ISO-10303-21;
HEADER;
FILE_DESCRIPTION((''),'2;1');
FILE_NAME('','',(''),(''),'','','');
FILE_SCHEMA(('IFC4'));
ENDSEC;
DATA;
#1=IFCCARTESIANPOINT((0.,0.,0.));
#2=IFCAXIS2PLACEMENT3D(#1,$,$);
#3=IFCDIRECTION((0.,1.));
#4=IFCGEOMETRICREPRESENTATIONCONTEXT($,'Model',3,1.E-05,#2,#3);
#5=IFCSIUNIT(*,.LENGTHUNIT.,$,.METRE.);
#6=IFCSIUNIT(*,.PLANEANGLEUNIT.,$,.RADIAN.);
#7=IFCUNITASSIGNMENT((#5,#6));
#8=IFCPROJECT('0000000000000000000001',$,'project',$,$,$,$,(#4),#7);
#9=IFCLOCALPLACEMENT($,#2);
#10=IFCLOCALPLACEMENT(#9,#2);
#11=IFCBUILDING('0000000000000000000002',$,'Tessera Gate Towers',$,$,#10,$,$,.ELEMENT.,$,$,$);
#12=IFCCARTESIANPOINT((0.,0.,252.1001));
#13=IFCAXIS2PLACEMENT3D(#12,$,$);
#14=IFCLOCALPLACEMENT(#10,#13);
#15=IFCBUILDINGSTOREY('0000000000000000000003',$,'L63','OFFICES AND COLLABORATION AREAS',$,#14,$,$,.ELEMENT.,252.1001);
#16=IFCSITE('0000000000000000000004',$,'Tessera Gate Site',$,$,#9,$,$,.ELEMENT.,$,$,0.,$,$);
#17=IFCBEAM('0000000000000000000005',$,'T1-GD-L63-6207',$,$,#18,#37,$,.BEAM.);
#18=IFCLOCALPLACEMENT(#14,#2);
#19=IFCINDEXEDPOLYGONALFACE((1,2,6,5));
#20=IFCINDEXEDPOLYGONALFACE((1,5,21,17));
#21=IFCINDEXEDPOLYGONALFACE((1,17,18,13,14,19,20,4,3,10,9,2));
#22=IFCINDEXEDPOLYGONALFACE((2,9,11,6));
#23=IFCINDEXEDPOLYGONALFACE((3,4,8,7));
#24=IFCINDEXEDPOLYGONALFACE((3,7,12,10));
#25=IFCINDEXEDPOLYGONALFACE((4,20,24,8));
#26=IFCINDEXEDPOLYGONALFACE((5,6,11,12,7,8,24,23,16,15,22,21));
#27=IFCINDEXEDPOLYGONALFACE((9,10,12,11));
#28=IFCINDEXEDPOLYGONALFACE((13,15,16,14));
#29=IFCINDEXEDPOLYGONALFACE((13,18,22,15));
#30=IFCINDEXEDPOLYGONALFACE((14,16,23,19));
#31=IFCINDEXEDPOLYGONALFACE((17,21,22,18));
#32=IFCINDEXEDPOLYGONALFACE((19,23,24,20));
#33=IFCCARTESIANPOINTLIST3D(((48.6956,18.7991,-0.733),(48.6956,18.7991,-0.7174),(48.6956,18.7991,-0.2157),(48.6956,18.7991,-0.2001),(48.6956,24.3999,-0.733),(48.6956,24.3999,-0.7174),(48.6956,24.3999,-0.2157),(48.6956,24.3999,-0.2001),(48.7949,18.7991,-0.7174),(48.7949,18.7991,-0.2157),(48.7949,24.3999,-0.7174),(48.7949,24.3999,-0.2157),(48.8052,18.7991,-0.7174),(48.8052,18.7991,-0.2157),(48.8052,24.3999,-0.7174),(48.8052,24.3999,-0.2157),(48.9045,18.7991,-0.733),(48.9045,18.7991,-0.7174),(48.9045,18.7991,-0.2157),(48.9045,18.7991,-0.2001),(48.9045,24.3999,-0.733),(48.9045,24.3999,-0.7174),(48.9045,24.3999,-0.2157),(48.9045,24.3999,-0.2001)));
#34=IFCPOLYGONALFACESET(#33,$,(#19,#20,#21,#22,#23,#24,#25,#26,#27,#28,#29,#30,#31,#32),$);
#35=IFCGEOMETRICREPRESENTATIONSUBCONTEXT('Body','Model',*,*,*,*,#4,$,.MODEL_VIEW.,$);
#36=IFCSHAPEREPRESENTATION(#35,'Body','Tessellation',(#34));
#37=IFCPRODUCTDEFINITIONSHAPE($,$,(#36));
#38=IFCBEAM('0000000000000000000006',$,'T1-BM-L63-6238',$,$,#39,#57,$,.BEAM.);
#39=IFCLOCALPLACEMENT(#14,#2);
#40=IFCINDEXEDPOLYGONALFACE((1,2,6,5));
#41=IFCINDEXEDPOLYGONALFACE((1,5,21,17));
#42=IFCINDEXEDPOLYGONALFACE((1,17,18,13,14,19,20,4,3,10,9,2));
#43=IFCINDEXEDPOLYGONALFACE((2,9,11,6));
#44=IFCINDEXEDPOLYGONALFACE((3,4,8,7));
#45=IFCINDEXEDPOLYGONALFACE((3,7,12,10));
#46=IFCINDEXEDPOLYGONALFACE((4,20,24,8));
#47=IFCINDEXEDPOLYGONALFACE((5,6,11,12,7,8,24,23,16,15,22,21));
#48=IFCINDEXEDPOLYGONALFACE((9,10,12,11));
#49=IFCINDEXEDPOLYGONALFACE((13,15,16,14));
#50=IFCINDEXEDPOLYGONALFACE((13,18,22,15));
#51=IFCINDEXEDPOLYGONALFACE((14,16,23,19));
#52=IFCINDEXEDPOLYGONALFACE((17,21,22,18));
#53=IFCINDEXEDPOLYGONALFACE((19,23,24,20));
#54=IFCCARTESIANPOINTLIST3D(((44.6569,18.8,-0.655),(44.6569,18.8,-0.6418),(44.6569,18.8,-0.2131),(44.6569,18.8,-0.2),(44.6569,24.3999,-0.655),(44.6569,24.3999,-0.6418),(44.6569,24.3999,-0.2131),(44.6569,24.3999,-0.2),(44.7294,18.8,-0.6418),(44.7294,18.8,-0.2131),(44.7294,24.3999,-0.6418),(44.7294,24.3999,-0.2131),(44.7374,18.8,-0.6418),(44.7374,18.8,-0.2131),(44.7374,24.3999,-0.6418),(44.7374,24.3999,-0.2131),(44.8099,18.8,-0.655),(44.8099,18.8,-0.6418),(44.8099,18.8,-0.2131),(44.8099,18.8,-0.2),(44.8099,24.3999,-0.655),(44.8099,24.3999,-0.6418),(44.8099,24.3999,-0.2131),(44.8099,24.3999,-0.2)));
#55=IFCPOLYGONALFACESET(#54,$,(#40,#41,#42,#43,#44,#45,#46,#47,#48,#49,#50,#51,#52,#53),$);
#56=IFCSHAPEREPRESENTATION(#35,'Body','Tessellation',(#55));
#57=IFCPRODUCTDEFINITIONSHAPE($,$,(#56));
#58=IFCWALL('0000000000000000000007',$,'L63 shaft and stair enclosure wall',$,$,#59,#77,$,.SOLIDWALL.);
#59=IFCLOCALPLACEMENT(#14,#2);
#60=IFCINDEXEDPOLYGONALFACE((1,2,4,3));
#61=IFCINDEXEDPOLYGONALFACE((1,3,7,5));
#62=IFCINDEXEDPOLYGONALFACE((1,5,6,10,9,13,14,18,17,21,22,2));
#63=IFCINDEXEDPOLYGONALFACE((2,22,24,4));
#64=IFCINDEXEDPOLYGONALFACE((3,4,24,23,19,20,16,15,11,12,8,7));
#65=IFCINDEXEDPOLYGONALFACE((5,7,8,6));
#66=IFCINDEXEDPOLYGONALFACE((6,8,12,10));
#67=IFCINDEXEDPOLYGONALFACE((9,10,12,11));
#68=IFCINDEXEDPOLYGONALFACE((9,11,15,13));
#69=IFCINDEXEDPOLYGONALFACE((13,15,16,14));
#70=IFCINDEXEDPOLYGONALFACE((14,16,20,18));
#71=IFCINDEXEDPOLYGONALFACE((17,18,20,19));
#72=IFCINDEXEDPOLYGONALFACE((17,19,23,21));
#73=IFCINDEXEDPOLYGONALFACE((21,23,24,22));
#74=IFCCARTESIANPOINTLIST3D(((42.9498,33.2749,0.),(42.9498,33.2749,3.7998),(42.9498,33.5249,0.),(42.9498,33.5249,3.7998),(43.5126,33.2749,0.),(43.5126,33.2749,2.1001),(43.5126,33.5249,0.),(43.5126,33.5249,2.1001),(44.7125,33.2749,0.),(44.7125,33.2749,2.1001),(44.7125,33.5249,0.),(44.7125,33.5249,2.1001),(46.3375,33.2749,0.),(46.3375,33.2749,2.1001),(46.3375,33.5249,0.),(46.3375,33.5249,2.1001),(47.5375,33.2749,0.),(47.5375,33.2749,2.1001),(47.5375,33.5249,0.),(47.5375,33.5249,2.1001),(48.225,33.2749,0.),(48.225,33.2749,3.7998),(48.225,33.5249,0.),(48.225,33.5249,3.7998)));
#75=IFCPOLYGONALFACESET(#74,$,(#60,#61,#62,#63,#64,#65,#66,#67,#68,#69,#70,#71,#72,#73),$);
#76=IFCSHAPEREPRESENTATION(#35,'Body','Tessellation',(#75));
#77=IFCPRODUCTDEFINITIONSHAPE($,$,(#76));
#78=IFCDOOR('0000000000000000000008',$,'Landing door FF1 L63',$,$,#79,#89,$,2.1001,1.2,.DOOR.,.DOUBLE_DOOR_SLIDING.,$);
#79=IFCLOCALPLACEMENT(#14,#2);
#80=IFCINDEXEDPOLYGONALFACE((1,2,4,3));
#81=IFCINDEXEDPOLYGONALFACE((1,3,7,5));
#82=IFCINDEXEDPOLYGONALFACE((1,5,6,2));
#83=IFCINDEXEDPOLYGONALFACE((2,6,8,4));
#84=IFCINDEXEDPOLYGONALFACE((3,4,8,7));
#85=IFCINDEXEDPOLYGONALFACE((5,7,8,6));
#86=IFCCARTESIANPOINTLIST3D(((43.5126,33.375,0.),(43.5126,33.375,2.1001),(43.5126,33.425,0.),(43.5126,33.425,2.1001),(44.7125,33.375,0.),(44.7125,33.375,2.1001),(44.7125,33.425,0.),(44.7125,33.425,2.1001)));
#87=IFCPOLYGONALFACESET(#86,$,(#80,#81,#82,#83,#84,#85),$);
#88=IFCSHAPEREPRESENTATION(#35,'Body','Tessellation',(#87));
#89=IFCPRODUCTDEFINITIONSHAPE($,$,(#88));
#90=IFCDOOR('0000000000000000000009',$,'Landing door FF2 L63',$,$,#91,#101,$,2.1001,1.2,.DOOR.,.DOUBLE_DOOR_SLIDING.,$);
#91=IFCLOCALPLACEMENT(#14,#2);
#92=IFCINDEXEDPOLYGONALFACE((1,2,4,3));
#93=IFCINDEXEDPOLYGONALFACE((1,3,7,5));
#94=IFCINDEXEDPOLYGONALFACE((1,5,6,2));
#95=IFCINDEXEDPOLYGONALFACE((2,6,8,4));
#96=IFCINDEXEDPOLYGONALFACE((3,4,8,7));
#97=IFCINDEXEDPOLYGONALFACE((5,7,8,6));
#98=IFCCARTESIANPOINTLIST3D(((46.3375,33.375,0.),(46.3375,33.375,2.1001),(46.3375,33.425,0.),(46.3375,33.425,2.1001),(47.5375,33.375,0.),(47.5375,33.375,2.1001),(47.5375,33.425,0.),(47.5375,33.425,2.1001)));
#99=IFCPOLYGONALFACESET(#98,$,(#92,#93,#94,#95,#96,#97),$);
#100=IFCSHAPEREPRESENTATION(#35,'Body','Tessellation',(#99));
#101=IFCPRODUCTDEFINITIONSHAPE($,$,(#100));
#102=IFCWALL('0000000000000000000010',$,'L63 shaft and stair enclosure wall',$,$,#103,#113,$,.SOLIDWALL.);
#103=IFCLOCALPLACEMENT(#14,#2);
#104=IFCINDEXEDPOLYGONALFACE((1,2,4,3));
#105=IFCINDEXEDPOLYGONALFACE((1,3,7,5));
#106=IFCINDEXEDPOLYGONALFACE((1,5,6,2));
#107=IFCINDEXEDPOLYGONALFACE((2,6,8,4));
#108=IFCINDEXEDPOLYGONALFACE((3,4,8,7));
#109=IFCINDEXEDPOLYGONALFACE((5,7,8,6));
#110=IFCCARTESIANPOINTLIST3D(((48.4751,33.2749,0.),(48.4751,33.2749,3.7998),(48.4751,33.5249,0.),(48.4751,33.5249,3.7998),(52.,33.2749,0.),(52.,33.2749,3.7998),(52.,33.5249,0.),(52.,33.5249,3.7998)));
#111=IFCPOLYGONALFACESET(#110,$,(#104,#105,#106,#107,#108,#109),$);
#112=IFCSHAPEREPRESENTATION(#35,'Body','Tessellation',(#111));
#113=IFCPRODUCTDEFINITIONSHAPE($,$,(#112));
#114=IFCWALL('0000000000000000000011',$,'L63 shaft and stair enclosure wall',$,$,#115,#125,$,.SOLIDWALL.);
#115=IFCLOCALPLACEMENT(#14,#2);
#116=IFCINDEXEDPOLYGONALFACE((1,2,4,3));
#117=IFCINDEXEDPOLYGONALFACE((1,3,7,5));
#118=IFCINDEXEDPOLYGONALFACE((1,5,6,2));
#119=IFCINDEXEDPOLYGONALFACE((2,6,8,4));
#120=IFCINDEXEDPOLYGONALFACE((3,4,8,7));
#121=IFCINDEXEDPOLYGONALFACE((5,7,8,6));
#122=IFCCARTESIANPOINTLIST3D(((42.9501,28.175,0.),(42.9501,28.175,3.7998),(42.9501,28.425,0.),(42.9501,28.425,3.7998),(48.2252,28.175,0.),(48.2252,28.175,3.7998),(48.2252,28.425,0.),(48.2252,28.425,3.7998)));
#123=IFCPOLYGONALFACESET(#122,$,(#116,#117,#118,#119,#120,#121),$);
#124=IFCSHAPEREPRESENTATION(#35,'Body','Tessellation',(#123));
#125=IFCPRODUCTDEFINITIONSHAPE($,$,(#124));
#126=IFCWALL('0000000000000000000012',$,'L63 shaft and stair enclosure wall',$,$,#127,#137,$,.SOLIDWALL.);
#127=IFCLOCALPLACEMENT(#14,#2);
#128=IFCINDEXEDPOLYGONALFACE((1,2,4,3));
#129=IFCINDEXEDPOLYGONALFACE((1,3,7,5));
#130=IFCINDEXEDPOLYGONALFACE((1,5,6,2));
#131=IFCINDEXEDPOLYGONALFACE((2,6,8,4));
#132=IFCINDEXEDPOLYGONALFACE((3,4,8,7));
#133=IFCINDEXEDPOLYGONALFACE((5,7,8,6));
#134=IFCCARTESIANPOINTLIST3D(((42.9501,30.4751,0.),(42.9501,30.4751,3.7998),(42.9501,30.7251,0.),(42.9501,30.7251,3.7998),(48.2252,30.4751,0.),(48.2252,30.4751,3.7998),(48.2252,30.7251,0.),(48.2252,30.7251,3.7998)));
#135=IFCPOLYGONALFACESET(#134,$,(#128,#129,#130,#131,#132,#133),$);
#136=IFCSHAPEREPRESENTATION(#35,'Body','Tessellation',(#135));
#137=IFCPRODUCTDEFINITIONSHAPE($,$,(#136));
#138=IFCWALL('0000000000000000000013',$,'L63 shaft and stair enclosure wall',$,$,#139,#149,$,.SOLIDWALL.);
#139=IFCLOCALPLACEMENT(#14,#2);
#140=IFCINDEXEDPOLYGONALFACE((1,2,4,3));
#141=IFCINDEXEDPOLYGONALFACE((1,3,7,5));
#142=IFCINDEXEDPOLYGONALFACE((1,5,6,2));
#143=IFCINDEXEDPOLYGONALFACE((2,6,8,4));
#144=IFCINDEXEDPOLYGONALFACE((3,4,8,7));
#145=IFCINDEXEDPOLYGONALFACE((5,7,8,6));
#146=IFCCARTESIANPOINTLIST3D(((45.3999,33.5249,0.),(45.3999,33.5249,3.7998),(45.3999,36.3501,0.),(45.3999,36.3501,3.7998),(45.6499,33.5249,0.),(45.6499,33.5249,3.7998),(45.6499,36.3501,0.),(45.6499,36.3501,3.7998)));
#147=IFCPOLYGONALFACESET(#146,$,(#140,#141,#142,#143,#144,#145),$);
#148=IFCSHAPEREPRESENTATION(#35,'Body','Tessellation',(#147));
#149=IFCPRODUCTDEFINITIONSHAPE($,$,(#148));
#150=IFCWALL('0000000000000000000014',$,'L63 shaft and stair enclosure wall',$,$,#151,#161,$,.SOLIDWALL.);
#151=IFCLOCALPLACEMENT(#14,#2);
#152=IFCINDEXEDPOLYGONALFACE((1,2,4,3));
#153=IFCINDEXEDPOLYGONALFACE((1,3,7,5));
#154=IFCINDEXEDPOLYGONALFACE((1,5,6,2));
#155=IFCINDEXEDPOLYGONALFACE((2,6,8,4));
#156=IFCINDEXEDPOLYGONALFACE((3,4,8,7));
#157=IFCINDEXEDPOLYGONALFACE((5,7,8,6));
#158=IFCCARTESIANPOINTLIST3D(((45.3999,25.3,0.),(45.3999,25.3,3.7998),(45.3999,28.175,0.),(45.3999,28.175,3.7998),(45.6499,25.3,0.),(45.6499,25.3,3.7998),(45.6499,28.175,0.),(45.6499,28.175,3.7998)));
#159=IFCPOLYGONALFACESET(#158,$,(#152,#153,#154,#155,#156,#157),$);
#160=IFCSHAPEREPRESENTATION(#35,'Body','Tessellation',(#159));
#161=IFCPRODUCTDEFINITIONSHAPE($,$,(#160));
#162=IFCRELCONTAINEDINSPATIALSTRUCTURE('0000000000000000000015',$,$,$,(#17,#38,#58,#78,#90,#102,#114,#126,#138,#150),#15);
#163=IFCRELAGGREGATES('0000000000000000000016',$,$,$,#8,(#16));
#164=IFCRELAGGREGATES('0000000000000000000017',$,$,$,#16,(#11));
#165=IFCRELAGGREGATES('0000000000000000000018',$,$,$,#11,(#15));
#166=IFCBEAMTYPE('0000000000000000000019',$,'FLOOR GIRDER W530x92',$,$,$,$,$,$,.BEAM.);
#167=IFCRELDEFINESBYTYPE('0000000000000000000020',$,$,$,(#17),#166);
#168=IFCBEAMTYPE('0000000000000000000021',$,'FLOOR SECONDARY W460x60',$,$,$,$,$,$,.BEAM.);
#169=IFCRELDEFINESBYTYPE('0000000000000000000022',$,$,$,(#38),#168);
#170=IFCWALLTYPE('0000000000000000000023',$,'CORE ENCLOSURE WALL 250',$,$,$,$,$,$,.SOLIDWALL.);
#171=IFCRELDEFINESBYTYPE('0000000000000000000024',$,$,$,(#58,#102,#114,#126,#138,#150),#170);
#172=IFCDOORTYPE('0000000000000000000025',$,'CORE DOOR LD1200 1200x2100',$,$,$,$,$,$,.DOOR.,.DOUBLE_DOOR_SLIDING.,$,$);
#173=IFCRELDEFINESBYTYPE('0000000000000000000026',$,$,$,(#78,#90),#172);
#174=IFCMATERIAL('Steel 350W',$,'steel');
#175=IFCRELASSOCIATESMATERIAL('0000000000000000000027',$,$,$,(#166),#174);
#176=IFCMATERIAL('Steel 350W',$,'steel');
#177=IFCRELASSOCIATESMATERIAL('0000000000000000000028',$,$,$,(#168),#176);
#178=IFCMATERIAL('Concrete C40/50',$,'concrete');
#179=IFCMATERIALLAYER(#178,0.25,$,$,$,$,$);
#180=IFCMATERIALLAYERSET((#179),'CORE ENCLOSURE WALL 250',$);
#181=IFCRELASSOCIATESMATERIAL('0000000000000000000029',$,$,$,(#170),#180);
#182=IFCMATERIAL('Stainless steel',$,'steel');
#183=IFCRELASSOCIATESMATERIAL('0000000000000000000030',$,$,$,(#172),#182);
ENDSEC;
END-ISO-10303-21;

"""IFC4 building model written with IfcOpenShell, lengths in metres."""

from ifc_helpers import new_model, si_unit, direction, frame, frame_2d, origin, origin_2d, place, context, subcontext, project, spatial, rectangle, i_section, extrude, source, transform, mapped, material, layer, layer_set, material_profile, profile_set, type_object, element, fill, save


model = new_model("IFC4")

# Units and contexts
model_context = context("Model", 3, precision=1e-05, world=origin(), true_north=direction((0.0, 1.0)))
body_context = subcontext(model_context, "Body", "Model", "MODEL_VIEW")
ifc_project = project(units=[si_unit("LENGTHUNIT", "METRE"), si_unit("PLANEANGLEUNIT", "RADIAN")], contexts=[model_context])

# Site, building, storey
site_placement = place(None, origin())
site = spatial("IfcSite", under=ifc_project, at=site_placement, Name="Tessera Gate Site", CompositionType="ELEMENT", RefElevation=0.0)
building_placement = place(site_placement, origin())
building = spatial("IfcBuilding", under=site, at=building_placement, Name="Tessera Gate Towers", CompositionType="ELEMENT")
storey_placement = place(building_placement, frame((0.0, 0.0, 252.1001)))
storey = spatial("IfcBuildingStorey", under=building, at=storey_placement, Name="L63", Description="OFFICES AND COLLABORATION AREAS", CompositionType="ELEMENT", Elevation=252.1001)

# Beams
ifc_material_1 = material(Name="Steel 350W", Category="steel")
ifc_material_profile_1 = material_profile(ifc_material_1, i_section(OverallWidth=0.209, OverallDepth=0.533, WebThickness=0.0103, FlangeThickness=0.0156, at=origin_2d()), Name="W530x92")
ifc_profile_set_1 = profile_set([ifc_material_profile_1], Name="Steel 350W")
beam_type_1 = type_object("IfcBeamType", Name="FLOOR GIRDER W530x92", PredefinedType="BEAM", material=ifc_profile_set_1)
beam_1_placement = place(storey_placement, frame((48.8, 18.7991, -0.4666), z_axis=(0.0, 1.0, 0.0), x_axis=(-1.0, 0.0, 0.0)))
element("IfcBeam", 1, at=beam_1_placement, inside=storey, type_object=beam_type_1, Name="T1-GD-L63-6207", PredefinedType="BEAM", context=body_context, shape_type="SweptSolid", body=[
    extrude(i_section(OverallWidth=0.209, OverallDepth=0.533, WebThickness=0.0103, FlangeThickness=0.0156, at=origin_2d()), origin(), (0.0, 0.0, 1.0), 5.6008),
])
ifc_material_2 = material(Name="Steel 350W", Category="steel")
ifc_material_profile_2 = material_profile(ifc_material_2, i_section(OverallWidth=0.1531, OverallDepth=0.4551, WebThickness=0.0081, FlangeThickness=0.0132, at=origin_2d()), Name="W460x60")
ifc_profile_set_2 = profile_set([ifc_material_profile_2], Name="Steel 350W")
beam_type_2 = type_object("IfcBeamType", Name="FLOOR SECONDARY W460x60", PredefinedType="BEAM", material=ifc_profile_set_2)
beam_2_placement = place(storey_placement, frame((44.7334, 18.8, -0.4275), z_axis=(0.0, 1.0, 0.0), x_axis=(-1.0, 0.0, 0.0)))
element("IfcBeam", 2, at=beam_2_placement, inside=storey, type_object=beam_type_2, Name="T1-BM-L63-6238", PredefinedType="BEAM", context=body_context, shape_type="SweptSolid", body=[
    extrude(i_section(OverallWidth=0.1531, OverallDepth=0.4551, WebThickness=0.0081, FlangeThickness=0.0132, at=origin_2d()), origin(), (0.0, 0.0, 1.0), 5.5999),
])

# Wall, openings, doors
ifc_material_3 = material(Name="Concrete C40/50", Category="concrete")
ifc_layer_1 = layer(ifc_material_3, 0.25)
ifc_layer_set_1 = layer_set([ifc_layer_1], Name="CORE ENCLOSURE WALL 250")
wall_type_1 = type_object("IfcWallType", Name="CORE ENCLOSURE WALL 250", PredefinedType="SOLIDWALL", material=ifc_layer_set_1)
wall_1_placement = place(storey_placement, frame((48.2251, 33.3999, 0.0), z_axis=(0.0, 0.0, 1.0), x_axis=(-1.0, 0.0, 0.0)))
wall_1 = element("IfcWall", 3, at=wall_1_placement, inside=storey, type_object=wall_type_1, Name="L63 shaft and stair enclosure wall", PredefinedType="SOLIDWALL", context=body_context, shape_type="SweptSolid", body=[
    extrude(rectangle(XDim=5.2751, YDim=0.25, at=frame_2d((2.6377, 0.0))), origin(), (0.0, 0.0, 1.0), 3.7998),
])
shared_shape_1 = source(origin(), body_context, "Body", "SweptSolid", [
    extrude(rectangle(XDim=1.2, YDim=2.1001, at=frame_2d((0.6001, 1.05))), frame((0.0, 0.135, 0.0), z_axis=(0.0, -1.0, 0.0), x_axis=(1.0, 0.0, 0.0)), (0.0, 0.0, 1.0), 0.27),
])
opening_1_placement = place(wall_1_placement, frame((3.5125, 0.0, 0.0)))
opening_1 = element("IfcOpeningElement", 4, at=opening_1_placement, cuts=wall_1, PredefinedType="OPENING", context=body_context, shape_type="MappedRepresentation", body=[
    mapped(shared_shape_1, transform((0.0, 0.0, 0.0), scale=1.0)),
])
opening_2_placement = place(wall_1_placement, frame((0.6875, 0.0, 0.0)))
opening_2 = element("IfcOpeningElement", 5, at=opening_2_placement, cuts=wall_1, PredefinedType="OPENING", context=body_context, shape_type="MappedRepresentation", body=[
    mapped(shared_shape_1, transform((0.0, 0.0, 0.0), scale=1.0)),
])
ifc_material_4 = material(Name="Stainless steel", Category="steel")
door_type_1 = type_object("IfcDoorType", Name="CORE DOOR LD1200 1200x2100", OperationType="DOUBLE_DOOR_SLIDING", PredefinedType="DOOR", material=ifc_material_4)
shared_shape_2 = source(origin(), body_context, "Body", "SweptSolid", [
    extrude(rectangle(XDim=1.2, YDim=2.1001, at=frame_2d((0.6001, 1.05))), frame((0.0, 0.0249, 0.0), z_axis=(0.0, -1.0, 0.0), x_axis=(1.0, 0.0, 0.0)), (0.0, 0.0, 1.0), 0.05),
])
door_1_placement = place(opening_1_placement, origin())
door_1 = element("IfcDoor", 6, at=door_1_placement, inside=storey, type_object=door_type_1, Name="Landing door FF1 L63", OperationType="DOUBLE_DOOR_SLIDING", OverallHeight=2.1001, OverallWidth=1.2, PredefinedType="DOOR", context=body_context, shape_type="MappedRepresentation", body=[
    mapped(shared_shape_2, transform((0.0, 0.0, 0.0), scale=1.0)),
])
fill(opening_1, door_1)
door_2_placement = place(opening_2_placement, origin())
door_2 = element("IfcDoor", 7, at=door_2_placement, inside=storey, type_object=door_type_1, Name="Landing door FF2 L63", OperationType="DOUBLE_DOOR_SLIDING", OverallHeight=2.1001, OverallWidth=1.2, PredefinedType="DOOR", context=body_context, shape_type="MappedRepresentation", body=[
    mapped(shared_shape_2, transform((0.0, 0.0, 0.0), scale=1.0)),
])
fill(opening_2, door_2)

# Walls
wall_2_placement = place(storey_placement, frame((48.4751, 33.3999, 0.0), z_axis=(0.0, 0.0, 1.0), x_axis=(1.0, 0.0, 0.0)))
element("IfcWall", 8, at=wall_2_placement, inside=storey, type_object=wall_type_1, Name="L63 shaft and stair enclosure wall", PredefinedType="SOLIDWALL", context=body_context, shape_type="SweptSolid", body=[
    extrude(rectangle(XDim=3.5249, YDim=0.25, at=frame_2d((1.7625, 0.0))), origin(), (0.0, 0.0, 1.0), 3.7998),
])
for number, where, z_axis, x_axis, name in (
    (9, (42.95, 28.3, 0.0), (0.0, 0.0, 1.0), (1.0, 0.0, 0.0), "L63 shaft and stair enclosure wall"),
    (10, (42.95, 30.6001, 0.0), (0.0, 0.0, 1.0), (1.0, 0.0, 0.0), "L63 shaft and stair enclosure wall"),
):
    element("IfcWall", number, at=place(storey_placement, frame(where, z_axis=z_axis, x_axis=x_axis)), inside=storey, type_object=wall_type_1, Name=name, PredefinedType="SOLIDWALL", context=body_context, shape_type="SweptSolid", body=[
        extrude(rectangle(XDim=5.2751, YDim=0.25, at=frame_2d((2.6377, 0.0))), origin(), (0.0, 0.0, 1.0), 3.7998),
    ])
wall_3_placement = place(storey_placement, frame((45.5249, 33.5249, 0.0), z_axis=(0.0, 0.0, 1.0), x_axis=(0.0, 1.0, 0.0)))
element("IfcWall", 11, at=wall_3_placement, inside=storey, type_object=wall_type_1, Name="L63 shaft and stair enclosure wall", PredefinedType="SOLIDWALL", context=body_context, shape_type="SweptSolid", body=[
    extrude(rectangle(XDim=2.8252, YDim=0.25, at=frame_2d((1.4126, 0.0))), origin(), (0.0, 0.0, 1.0), 3.7998),
])
wall_4_placement = place(storey_placement, frame((45.5249, 25.3, 0.0), z_axis=(0.0, 0.0, 1.0), x_axis=(0.0, 1.0, 0.0)))
element("IfcWall", 12, at=wall_4_placement, inside=storey, type_object=wall_type_1, Name="L63 shaft and stair enclosure wall", PredefinedType="SOLIDWALL", context=body_context, shape_type="SweptSolid", body=[
    extrude(rectangle(XDim=2.875, YDim=0.25, at=frame_2d((1.4375, 0.0))), origin(), (0.0, 0.0, 1.0), 3.7998),
])

save(model, "model.ifc")
